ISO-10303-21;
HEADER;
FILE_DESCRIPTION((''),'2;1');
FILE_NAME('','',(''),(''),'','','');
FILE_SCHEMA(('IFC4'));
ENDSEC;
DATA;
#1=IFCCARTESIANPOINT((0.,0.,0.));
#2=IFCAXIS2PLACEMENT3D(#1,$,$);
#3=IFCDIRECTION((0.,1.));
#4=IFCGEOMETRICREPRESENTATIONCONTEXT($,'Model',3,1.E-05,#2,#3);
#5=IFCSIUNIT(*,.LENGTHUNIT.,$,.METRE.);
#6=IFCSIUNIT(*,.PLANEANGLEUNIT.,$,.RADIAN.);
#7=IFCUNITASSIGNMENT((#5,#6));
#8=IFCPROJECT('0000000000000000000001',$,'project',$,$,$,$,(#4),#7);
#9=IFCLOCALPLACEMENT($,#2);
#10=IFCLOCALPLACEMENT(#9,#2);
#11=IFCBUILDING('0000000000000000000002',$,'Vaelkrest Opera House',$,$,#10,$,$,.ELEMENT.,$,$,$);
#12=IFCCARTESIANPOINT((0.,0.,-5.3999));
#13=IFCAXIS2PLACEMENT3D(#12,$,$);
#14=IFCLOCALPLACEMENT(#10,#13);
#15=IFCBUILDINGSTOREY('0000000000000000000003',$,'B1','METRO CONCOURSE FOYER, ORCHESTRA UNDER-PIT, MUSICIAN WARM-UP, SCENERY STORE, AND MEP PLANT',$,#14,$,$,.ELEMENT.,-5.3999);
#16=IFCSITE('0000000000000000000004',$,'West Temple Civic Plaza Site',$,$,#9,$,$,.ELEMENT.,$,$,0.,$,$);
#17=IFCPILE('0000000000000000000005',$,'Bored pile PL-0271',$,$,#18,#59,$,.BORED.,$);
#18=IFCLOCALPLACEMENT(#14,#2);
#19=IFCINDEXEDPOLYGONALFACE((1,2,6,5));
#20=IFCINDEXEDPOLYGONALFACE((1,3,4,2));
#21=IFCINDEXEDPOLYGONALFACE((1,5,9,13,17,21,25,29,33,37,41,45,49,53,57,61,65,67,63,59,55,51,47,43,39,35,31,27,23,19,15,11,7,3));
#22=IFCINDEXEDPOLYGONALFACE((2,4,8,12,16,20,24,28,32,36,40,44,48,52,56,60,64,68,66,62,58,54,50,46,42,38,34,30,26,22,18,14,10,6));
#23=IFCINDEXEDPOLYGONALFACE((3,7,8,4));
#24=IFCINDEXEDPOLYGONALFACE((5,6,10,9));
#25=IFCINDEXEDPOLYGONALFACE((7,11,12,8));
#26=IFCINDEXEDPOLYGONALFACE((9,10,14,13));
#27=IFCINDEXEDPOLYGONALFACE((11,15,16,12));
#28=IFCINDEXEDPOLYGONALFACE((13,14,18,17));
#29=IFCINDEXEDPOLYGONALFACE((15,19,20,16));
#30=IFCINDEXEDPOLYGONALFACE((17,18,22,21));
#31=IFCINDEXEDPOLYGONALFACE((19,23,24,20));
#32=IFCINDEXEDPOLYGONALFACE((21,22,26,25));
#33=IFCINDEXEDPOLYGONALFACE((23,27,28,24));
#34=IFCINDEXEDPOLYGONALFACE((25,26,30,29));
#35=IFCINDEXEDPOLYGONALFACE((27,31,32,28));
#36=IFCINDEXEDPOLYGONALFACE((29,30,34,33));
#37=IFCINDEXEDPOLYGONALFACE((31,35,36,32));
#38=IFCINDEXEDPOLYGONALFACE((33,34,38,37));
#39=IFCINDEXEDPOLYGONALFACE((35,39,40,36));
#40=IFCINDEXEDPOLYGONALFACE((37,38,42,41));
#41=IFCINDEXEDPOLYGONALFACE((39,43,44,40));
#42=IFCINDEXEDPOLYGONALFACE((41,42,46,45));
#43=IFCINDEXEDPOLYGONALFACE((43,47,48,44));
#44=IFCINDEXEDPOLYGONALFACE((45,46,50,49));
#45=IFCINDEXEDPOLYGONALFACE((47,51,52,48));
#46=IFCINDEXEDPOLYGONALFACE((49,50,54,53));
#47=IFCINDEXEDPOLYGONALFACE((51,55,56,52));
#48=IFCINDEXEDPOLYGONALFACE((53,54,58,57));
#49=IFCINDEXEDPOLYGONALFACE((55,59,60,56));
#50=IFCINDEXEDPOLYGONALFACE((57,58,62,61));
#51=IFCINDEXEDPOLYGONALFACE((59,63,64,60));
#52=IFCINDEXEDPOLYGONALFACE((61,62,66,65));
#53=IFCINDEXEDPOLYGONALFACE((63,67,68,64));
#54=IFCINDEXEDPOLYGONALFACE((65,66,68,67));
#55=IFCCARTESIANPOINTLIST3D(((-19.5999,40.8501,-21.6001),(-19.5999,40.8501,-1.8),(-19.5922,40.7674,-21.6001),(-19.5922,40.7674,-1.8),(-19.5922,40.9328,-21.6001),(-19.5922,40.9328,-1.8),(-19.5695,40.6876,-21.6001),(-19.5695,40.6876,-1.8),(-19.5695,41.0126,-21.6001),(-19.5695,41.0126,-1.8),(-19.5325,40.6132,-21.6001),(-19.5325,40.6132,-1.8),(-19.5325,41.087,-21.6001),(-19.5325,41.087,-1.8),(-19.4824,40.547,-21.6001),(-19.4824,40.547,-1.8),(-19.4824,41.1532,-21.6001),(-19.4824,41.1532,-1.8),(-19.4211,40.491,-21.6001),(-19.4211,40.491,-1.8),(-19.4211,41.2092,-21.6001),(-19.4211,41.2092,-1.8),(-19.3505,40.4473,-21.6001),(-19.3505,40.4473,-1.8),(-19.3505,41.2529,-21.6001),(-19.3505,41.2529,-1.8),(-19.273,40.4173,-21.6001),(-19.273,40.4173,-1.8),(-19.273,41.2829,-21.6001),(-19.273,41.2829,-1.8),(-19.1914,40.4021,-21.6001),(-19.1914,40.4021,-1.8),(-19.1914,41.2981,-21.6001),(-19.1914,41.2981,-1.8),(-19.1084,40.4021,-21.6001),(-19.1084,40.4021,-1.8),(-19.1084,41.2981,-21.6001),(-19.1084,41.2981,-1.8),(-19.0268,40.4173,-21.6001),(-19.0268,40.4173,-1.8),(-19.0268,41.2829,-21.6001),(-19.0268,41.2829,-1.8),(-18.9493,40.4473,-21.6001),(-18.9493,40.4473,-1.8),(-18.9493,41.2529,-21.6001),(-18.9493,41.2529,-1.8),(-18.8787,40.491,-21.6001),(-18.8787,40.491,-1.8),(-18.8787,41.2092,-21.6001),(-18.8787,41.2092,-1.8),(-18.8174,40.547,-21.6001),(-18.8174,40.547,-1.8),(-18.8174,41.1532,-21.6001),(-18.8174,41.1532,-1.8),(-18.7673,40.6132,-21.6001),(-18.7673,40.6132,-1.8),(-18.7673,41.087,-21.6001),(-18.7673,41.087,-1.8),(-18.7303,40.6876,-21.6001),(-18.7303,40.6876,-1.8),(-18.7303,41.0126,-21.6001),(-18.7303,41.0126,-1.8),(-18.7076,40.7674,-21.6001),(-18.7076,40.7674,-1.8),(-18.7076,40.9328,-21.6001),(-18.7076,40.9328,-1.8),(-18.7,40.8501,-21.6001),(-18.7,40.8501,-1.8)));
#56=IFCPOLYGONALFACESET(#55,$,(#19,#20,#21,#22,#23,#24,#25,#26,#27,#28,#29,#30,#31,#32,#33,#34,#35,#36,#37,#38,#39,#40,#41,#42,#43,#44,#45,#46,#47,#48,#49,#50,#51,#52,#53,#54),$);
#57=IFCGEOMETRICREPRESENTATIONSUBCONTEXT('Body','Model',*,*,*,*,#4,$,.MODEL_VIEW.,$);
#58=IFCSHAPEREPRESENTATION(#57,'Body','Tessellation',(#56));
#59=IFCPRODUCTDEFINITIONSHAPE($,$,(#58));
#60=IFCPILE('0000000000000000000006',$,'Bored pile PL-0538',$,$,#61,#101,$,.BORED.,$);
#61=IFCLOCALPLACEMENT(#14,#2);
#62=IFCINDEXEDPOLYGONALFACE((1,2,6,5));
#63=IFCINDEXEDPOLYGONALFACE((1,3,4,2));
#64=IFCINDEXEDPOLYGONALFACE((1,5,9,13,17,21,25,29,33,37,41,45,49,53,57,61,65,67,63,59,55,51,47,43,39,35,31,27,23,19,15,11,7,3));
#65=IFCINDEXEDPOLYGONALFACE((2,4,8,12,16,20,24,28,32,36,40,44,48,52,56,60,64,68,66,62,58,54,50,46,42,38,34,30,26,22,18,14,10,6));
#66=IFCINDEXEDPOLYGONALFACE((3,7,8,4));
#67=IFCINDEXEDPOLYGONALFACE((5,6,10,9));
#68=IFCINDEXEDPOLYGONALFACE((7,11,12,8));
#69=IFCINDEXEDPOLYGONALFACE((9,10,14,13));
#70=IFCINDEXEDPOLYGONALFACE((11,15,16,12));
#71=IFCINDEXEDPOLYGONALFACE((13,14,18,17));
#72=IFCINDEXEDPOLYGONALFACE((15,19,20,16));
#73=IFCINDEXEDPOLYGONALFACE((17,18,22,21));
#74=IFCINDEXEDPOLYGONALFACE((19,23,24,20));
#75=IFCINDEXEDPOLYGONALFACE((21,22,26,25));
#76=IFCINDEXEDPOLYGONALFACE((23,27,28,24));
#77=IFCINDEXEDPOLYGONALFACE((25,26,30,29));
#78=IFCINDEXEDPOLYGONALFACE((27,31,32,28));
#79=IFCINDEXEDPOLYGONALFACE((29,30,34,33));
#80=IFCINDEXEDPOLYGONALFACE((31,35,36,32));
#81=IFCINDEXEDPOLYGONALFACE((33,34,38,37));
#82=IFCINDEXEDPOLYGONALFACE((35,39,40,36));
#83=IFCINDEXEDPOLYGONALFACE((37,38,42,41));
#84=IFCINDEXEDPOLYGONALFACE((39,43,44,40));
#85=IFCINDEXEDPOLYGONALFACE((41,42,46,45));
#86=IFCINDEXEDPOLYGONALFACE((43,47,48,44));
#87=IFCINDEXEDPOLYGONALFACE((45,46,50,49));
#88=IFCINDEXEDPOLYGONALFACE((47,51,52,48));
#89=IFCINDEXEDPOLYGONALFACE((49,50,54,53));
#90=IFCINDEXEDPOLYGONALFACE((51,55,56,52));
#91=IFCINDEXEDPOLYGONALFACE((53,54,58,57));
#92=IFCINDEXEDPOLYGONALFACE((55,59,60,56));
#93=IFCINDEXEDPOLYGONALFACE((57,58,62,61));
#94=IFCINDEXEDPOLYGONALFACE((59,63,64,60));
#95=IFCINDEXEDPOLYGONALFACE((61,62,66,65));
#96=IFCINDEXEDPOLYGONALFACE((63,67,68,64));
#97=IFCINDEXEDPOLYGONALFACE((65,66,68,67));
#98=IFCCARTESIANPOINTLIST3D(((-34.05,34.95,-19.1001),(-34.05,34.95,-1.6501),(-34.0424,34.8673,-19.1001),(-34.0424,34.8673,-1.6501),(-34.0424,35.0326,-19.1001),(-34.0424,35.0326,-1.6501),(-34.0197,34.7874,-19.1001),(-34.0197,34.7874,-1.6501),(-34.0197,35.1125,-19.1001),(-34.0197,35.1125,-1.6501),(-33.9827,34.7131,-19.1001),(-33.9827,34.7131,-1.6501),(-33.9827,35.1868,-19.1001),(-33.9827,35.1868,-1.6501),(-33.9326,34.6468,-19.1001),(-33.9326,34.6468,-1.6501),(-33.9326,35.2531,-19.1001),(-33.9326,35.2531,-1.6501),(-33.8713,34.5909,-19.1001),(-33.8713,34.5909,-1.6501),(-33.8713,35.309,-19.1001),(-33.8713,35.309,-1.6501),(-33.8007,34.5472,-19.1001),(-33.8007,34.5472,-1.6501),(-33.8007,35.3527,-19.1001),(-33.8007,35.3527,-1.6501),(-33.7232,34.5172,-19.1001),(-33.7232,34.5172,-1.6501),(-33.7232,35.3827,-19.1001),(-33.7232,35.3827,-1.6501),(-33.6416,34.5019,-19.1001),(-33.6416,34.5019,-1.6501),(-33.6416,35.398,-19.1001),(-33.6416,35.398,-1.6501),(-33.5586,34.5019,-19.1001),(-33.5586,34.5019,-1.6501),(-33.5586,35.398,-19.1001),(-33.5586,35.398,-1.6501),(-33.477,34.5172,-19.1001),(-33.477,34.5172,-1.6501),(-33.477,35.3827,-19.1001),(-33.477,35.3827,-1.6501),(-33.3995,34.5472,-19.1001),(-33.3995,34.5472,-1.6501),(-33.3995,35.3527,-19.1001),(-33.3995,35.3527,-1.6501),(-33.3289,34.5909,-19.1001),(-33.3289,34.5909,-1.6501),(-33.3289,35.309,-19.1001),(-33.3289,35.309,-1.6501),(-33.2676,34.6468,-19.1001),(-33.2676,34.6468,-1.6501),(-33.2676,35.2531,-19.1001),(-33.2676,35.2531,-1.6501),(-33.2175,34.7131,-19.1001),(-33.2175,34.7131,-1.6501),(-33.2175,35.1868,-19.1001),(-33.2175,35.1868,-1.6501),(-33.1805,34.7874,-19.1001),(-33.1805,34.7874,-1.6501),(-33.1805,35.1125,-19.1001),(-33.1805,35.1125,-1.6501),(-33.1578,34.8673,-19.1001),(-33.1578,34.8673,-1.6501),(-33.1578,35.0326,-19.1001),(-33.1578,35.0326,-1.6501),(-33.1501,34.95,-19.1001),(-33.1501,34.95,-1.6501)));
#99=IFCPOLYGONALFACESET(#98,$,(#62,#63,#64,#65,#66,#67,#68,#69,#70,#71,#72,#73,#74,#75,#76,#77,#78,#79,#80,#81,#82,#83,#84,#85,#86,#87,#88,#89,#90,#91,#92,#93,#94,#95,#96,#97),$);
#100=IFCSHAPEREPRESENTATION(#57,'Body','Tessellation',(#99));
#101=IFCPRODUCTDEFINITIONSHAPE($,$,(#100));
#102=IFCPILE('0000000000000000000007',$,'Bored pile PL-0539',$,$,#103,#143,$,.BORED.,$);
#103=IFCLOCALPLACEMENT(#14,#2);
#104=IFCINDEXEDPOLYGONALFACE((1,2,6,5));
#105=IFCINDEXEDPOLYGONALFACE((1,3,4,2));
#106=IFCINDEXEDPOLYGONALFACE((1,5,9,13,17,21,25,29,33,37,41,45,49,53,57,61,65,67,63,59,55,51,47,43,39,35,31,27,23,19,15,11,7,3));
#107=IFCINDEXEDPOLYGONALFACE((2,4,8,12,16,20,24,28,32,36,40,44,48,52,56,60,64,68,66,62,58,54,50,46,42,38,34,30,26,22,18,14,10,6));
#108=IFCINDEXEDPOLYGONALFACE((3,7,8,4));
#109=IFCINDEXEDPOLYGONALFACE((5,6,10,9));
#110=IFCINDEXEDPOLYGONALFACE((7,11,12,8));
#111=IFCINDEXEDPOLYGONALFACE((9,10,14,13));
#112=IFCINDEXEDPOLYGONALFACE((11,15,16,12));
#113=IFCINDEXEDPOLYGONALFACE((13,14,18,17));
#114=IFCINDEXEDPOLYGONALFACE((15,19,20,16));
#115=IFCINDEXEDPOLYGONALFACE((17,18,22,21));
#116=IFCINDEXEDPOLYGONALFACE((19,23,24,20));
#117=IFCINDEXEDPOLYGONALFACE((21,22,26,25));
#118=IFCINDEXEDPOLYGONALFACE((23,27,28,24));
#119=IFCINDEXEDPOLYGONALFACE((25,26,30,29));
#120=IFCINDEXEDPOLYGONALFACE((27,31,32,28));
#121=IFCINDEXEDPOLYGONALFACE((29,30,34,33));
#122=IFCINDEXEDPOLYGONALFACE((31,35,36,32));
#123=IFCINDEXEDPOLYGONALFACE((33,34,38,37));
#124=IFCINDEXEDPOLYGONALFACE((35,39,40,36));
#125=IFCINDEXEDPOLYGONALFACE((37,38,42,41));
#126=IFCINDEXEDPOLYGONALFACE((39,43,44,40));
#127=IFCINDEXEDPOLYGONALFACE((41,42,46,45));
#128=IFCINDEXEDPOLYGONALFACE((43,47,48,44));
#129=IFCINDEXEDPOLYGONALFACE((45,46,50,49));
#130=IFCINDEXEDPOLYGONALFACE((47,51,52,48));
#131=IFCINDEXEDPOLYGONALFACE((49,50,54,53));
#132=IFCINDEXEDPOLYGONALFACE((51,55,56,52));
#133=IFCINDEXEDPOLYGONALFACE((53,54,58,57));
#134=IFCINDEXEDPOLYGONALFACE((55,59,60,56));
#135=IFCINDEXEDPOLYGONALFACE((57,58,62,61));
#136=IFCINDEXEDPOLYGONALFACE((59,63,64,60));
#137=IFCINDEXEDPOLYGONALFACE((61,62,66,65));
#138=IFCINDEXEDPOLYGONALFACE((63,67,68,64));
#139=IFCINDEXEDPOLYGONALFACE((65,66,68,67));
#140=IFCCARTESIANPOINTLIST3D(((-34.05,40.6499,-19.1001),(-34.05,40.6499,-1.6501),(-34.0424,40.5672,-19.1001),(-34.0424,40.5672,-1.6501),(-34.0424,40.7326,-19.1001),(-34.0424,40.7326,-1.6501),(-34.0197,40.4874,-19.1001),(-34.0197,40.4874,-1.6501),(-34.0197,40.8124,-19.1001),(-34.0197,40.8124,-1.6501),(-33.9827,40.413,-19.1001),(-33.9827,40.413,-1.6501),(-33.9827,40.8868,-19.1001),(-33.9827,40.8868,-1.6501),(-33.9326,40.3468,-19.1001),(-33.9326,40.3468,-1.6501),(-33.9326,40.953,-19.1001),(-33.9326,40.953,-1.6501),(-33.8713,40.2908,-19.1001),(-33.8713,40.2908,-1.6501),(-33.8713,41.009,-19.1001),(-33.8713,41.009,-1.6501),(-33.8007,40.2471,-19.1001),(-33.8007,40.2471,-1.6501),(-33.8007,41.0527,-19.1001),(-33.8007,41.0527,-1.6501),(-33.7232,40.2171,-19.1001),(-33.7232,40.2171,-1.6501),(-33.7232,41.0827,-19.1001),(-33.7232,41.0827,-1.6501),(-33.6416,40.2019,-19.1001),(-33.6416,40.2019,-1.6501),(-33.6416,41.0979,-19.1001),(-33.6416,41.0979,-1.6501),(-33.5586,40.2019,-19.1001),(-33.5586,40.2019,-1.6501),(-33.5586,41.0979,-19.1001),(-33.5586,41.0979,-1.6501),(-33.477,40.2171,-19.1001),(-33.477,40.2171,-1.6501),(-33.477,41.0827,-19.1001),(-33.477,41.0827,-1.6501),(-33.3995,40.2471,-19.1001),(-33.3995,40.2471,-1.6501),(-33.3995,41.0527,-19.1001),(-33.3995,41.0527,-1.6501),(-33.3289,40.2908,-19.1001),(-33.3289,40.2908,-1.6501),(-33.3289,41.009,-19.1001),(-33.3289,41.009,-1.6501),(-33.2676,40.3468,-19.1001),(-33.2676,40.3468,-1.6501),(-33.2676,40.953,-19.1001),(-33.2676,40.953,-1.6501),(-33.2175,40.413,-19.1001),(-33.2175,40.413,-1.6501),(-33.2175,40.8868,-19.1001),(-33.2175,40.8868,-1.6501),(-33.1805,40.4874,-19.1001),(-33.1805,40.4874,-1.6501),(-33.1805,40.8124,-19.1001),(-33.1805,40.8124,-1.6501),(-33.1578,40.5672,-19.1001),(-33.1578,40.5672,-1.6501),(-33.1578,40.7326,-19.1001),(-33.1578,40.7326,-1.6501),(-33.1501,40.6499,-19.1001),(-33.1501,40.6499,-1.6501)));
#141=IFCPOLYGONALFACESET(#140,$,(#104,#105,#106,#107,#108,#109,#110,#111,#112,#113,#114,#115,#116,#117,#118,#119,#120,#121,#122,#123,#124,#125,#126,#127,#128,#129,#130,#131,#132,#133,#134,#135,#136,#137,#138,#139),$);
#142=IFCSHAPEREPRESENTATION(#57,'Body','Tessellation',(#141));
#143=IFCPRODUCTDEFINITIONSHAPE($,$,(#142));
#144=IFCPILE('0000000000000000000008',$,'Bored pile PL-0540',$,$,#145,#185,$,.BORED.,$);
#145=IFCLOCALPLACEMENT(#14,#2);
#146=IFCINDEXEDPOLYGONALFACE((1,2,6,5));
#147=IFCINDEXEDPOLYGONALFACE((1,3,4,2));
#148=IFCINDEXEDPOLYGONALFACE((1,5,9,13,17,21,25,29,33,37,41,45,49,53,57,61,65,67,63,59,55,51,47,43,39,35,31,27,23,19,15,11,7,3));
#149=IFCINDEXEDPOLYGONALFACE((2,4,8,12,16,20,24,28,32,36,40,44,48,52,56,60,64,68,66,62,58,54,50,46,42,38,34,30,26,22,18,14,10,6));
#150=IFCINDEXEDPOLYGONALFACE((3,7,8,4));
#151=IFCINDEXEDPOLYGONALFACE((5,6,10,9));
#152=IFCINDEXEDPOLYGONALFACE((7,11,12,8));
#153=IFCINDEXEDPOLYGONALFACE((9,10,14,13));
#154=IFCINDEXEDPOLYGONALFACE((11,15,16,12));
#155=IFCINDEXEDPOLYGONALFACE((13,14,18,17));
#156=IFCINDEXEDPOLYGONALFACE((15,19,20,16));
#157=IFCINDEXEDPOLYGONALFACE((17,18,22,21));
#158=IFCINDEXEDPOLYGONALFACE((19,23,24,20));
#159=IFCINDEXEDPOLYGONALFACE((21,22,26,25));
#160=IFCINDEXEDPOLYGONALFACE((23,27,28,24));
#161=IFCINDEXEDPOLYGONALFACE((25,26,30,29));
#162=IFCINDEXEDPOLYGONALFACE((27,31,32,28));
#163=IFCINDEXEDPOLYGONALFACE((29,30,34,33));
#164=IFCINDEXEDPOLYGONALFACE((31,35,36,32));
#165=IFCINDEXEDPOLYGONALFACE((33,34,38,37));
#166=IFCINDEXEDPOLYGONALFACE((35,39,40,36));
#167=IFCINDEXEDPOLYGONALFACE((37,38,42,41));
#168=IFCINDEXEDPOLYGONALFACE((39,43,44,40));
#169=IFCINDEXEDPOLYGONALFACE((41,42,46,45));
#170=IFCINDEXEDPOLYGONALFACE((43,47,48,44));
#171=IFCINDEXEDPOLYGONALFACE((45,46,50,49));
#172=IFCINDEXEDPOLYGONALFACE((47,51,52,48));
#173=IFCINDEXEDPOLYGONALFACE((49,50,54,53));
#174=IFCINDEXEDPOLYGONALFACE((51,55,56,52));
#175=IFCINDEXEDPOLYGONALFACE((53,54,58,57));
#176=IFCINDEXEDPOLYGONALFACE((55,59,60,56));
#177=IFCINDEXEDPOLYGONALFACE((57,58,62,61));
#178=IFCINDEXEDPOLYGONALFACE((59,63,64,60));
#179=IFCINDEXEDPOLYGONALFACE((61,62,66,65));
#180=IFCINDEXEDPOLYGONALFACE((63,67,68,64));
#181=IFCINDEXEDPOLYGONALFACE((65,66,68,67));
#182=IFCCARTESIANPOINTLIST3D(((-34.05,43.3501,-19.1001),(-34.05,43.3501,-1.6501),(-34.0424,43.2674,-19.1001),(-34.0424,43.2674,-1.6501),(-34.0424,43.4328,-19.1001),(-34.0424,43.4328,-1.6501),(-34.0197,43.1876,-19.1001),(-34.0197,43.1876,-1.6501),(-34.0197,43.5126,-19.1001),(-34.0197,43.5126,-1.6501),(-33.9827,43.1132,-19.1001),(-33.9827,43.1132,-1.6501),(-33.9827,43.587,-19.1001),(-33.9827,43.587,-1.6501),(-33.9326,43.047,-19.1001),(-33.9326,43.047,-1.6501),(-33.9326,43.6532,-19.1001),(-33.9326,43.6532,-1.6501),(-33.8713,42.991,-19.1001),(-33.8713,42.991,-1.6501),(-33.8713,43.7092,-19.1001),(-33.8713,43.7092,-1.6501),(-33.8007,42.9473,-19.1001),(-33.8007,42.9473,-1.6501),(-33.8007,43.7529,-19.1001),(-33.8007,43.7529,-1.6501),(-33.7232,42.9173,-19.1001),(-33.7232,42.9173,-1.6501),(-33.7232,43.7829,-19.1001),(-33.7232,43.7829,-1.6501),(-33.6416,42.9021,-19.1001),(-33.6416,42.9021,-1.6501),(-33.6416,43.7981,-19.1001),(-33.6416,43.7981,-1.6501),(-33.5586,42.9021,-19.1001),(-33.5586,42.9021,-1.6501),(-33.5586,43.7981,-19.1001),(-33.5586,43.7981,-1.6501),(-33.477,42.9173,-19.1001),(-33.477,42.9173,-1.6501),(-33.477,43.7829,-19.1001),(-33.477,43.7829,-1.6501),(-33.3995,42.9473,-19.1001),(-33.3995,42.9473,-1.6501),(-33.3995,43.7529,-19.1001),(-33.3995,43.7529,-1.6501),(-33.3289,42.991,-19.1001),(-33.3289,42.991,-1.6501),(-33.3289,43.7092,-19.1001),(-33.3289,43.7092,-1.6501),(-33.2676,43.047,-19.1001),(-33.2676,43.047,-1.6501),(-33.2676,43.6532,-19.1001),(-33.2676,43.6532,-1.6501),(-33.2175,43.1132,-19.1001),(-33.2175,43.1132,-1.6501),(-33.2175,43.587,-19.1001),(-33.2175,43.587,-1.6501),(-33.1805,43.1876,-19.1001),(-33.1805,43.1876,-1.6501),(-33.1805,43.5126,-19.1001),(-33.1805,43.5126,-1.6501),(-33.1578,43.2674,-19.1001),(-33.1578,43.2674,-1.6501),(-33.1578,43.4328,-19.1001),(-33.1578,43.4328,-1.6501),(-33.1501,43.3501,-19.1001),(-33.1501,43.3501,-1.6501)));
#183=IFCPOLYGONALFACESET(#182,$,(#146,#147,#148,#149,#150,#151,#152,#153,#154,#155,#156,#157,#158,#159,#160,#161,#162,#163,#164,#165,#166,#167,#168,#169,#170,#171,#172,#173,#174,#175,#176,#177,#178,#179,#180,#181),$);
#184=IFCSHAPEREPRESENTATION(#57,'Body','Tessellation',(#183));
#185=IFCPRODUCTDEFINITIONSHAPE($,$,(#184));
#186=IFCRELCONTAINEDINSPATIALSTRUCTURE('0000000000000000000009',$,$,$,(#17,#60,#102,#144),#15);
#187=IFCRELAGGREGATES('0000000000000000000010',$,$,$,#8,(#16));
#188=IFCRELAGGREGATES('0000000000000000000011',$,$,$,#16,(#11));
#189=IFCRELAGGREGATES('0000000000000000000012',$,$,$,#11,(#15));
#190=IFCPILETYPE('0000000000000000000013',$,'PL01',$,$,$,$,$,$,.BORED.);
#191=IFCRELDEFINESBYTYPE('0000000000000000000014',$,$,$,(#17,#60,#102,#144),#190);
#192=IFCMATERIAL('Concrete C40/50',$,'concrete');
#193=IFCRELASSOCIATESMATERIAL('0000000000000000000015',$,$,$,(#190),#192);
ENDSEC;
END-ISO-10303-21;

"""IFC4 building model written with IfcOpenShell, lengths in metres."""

from ifc_helpers import new_model, si_unit, direction, frame, origin, origin_2d, place, context, subcontext, project, spatial, circle, extrude, material, material_profile, profile_set, type_object, element, save


model = new_model("IFC4")

# Units and contexts
model_context = context("Model", 3, precision=1e-05, world=origin(), true_north=direction((0.0, 1.0)))
body_context = subcontext(model_context, "Body", "Model", "MODEL_VIEW")
ifc_project = project(units=[si_unit("LENGTHUNIT", "METRE"), si_unit("PLANEANGLEUNIT", "RADIAN")], contexts=[model_context])

# Site, building, storey
site_placement = place(None, origin())
site = spatial("IfcSite", under=ifc_project, at=site_placement, Name="West Temple Civic Plaza Site", CompositionType="ELEMENT", RefElevation=0.0)
building_placement = place(site_placement, origin())
building = spatial("IfcBuilding", under=site, at=building_placement, Name="Vaelkrest Opera House", CompositionType="ELEMENT")
storey_placement = place(building_placement, frame((0.0, 0.0, -5.3999)))
storey = spatial("IfcBuildingStorey", under=building, at=storey_placement, Name="B1", Description="METRO CONCOURSE FOYER, ORCHESTRA UNDER-PIT, MUSICIAN WARM-UP, SCENERY STORE, AND MEP PLANT", CompositionType="ELEMENT", Elevation=-5.3999)

# Shared definitions
ifc_material_1 = material(Name="Concrete C40/50", Category="concrete")

# Piles
ifc_material_profile_1 = material_profile(ifc_material_1, circle(Radius=0.45, at=origin_2d()), Name="PILE900")
ifc_profile_set_1 = profile_set([ifc_material_profile_1], Name="Concrete C40/50")
pile_type_1 = type_object("IfcPileType", Name="PL01", PredefinedType="BORED", material=ifc_profile_set_1)
pile_1_placement = place(storey_placement, frame((-19.1499, 40.8501, -1.8), z_axis=(0.0, 0.0, -1.0), x_axis=(1.0, 0.0, 0.0)))
element("IfcPile", 1, at=pile_1_placement, inside=storey, type_object=pile_type_1, Name="Bored pile PL-0271", PredefinedType="BORED", context=body_context, shape_type="SweptSolid", body=[
    extrude(circle(Radius=0.45, at=origin_2d()), origin(), (0.0, 0.0, 1.0), 19.8),
])
for number, where, z_axis, x_axis, name in (
    (2, (-33.6001, 34.95, -1.6501), (0.0, 0.0, -1.0), (1.0, 0.0, 0.0), "Bored pile PL-0538"),
    (3, (-33.6001, 40.6499, -1.6501), (0.0, 0.0, -1.0), (1.0, 0.0, 0.0), "Bored pile PL-0539"),
    (4, (-33.6001, 43.3501, -1.6501), (0.0, 0.0, -1.0), (1.0, 0.0, 0.0), "Bored pile PL-0540"),
):
    element("IfcPile", number, at=place(storey_placement, frame(where, z_axis=z_axis, x_axis=x_axis)), inside=storey, type_object=pile_type_1, Name=name, PredefinedType="BORED", context=body_context, shape_type="SweptSolid", body=[
        extrude(circle(Radius=0.45, at=origin_2d()), origin(), (0.0, 0.0, 1.0), 17.45),
    ])

save(model, "model.ifc")
